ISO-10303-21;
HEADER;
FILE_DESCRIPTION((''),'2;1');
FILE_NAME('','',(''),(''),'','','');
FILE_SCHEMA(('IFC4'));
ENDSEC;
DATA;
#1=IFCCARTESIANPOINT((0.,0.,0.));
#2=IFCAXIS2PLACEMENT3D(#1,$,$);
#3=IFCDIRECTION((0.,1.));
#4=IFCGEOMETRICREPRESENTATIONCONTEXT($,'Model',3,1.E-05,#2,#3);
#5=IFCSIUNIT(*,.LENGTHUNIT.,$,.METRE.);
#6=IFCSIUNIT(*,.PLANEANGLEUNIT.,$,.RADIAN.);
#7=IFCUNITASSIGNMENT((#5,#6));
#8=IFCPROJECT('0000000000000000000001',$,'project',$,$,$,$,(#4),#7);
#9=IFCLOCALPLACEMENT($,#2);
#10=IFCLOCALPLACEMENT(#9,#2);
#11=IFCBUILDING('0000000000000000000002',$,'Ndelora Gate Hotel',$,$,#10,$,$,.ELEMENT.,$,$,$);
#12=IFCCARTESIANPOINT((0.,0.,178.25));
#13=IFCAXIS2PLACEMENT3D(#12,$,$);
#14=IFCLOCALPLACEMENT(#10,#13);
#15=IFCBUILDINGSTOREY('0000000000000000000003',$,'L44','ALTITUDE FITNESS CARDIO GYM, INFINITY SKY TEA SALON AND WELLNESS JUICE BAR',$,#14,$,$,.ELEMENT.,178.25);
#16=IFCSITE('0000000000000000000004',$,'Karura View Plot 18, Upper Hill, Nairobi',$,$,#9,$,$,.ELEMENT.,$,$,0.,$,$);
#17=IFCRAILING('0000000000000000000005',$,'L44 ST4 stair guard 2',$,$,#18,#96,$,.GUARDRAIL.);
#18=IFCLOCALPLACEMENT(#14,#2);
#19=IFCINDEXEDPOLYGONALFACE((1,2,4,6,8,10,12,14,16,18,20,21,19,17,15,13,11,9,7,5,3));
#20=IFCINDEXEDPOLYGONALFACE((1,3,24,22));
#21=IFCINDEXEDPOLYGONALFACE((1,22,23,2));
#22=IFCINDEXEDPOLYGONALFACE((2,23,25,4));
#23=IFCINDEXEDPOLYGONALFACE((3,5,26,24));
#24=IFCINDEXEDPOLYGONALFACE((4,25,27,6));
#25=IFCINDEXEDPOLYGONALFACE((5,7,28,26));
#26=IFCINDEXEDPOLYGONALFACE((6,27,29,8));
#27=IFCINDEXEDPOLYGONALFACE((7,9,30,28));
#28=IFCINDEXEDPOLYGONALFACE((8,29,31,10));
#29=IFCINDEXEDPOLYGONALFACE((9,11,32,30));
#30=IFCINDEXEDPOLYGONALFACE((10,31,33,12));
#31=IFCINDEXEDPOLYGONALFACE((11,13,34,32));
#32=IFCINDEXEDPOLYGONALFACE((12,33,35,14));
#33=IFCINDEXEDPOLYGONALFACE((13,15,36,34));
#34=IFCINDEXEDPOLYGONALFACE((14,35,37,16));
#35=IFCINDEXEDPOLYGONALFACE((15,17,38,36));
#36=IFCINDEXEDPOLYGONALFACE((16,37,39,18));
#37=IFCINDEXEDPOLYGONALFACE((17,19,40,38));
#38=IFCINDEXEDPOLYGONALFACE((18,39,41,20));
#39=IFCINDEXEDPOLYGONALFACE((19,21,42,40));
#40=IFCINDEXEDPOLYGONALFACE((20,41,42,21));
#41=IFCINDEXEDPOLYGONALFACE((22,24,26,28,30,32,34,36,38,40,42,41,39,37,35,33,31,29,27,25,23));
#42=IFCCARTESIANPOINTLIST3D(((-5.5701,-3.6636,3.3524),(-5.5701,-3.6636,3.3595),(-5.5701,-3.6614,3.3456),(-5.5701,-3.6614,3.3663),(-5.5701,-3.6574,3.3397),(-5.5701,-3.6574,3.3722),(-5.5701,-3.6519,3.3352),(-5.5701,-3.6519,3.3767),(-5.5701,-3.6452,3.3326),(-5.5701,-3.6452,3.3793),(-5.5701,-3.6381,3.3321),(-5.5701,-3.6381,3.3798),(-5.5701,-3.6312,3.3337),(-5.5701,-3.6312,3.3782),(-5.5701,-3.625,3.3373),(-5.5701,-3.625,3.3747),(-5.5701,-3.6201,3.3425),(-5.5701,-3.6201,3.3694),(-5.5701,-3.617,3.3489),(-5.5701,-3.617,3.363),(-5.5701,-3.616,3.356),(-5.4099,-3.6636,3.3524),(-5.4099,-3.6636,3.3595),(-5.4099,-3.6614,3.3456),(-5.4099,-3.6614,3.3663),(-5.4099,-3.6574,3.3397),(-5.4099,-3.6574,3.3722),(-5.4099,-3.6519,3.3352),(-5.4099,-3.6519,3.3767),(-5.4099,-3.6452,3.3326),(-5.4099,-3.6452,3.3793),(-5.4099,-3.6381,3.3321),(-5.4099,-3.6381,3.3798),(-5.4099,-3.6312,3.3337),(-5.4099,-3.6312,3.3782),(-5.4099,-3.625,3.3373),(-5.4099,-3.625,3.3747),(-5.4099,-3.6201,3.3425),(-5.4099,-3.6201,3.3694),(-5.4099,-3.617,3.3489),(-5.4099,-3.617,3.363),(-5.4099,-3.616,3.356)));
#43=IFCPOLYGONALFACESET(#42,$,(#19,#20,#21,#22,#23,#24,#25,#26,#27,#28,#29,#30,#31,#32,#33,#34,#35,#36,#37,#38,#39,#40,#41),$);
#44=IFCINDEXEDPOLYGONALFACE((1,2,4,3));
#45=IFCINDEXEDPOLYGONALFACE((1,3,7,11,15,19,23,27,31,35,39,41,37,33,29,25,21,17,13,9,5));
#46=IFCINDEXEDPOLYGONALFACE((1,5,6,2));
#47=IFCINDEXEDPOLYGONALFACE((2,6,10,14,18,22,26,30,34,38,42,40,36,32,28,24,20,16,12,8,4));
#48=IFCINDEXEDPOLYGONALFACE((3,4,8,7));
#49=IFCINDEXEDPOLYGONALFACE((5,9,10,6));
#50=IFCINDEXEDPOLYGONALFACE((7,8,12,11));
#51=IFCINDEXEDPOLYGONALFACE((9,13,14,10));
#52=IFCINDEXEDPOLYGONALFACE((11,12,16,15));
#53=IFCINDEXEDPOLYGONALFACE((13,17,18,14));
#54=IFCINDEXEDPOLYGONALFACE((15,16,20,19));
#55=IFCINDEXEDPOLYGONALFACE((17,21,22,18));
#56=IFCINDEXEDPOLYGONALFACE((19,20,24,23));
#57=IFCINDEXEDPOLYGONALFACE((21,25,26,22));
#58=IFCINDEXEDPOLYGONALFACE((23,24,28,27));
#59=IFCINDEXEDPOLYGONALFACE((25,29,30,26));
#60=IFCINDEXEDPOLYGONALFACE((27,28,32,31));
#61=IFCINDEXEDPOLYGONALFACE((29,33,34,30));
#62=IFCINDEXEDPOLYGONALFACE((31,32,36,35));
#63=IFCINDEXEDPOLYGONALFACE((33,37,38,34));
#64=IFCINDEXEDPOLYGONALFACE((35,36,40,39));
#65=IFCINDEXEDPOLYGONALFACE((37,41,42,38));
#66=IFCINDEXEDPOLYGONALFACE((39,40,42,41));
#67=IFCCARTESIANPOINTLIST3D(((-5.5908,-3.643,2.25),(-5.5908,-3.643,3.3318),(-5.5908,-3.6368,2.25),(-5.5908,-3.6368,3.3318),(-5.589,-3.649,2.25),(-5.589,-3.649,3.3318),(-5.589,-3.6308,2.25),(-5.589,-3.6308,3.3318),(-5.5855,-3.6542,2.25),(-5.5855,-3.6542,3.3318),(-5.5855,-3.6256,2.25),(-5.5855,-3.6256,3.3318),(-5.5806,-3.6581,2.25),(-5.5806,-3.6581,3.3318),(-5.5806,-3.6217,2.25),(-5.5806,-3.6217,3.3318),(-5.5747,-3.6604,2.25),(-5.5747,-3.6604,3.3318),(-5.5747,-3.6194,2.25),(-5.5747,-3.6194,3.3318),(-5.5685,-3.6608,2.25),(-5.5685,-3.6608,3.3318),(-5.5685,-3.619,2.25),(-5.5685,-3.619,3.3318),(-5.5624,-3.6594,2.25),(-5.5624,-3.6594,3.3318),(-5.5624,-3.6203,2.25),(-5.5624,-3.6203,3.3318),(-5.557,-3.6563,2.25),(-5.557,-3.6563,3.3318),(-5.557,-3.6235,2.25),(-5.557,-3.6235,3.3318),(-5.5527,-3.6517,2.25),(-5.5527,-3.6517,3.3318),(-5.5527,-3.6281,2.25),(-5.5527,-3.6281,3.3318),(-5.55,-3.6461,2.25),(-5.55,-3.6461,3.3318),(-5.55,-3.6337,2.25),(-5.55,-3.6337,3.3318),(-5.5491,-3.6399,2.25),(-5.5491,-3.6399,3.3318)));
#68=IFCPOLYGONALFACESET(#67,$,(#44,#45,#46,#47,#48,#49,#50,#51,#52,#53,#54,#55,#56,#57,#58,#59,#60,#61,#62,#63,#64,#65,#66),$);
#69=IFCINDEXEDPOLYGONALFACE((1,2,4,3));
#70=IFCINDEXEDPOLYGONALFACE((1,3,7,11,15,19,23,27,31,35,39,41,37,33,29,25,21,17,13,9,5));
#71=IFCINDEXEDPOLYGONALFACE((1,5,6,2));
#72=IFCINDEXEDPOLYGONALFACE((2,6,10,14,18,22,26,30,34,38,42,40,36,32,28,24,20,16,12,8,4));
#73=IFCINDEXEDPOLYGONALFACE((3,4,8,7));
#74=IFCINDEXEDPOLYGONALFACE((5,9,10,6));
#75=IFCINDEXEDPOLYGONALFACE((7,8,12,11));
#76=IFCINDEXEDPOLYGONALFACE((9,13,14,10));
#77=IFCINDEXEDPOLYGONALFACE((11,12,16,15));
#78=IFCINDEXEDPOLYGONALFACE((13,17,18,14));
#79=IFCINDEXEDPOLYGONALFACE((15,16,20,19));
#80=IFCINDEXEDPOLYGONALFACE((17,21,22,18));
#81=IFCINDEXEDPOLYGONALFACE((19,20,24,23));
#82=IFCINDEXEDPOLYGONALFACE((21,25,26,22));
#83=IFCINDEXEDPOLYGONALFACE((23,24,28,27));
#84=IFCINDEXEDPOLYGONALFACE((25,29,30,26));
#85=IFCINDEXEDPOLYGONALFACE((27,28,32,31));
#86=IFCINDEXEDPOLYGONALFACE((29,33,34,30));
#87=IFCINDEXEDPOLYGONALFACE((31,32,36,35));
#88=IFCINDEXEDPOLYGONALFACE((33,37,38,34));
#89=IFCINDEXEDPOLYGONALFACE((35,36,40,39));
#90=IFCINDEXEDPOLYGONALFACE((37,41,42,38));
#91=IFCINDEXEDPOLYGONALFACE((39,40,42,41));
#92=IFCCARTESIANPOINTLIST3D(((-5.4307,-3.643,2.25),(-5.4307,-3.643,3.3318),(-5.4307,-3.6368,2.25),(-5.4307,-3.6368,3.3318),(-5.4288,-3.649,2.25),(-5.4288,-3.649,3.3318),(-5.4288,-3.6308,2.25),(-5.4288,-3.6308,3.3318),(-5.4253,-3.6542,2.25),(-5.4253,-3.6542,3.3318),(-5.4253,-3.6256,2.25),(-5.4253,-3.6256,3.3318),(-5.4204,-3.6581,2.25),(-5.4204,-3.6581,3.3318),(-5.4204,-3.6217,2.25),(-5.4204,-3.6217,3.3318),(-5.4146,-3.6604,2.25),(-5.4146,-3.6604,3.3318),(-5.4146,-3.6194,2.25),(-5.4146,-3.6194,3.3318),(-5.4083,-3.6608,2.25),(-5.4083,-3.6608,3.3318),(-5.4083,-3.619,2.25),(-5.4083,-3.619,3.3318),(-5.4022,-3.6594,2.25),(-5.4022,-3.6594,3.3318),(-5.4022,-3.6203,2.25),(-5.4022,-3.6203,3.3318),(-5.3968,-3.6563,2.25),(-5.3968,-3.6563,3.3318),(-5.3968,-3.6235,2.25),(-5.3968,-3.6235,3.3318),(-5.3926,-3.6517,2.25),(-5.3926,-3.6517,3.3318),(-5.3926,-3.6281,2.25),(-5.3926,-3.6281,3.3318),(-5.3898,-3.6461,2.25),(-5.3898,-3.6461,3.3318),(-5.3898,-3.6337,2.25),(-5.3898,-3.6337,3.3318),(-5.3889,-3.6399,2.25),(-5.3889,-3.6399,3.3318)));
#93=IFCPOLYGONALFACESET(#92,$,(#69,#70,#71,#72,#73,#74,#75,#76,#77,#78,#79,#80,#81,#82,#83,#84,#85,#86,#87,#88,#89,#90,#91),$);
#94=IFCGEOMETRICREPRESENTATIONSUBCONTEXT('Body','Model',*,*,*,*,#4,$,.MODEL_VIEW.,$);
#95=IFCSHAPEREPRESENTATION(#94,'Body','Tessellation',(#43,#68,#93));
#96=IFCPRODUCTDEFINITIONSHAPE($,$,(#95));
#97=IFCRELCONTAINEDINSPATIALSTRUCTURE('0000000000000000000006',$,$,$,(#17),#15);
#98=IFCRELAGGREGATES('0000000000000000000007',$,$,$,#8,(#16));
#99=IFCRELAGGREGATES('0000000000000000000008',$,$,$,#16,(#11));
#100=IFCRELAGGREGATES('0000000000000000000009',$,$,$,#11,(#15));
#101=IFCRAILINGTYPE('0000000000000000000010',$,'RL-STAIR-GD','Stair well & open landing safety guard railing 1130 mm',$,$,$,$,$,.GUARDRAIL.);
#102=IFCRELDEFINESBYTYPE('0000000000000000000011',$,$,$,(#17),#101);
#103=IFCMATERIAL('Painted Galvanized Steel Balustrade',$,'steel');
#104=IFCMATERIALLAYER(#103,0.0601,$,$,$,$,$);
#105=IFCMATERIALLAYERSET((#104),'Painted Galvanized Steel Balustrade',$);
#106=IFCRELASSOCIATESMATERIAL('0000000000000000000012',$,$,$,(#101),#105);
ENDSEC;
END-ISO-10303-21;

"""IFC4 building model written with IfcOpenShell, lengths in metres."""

from ifc_helpers import new_model, si_unit, direction, frame, origin, origin_2d, place, context, subcontext, project, spatial, circle, extrude, material, layer, layer_set, type_object, element, save


model = new_model("IFC4")

# Units and contexts
model_context = context("Model", 3, precision=1e-05, world=origin(), true_north=direction((0.0, 1.0)))
body_context = subcontext(model_context, "Body", "Model", "MODEL_VIEW")
ifc_project = project(units=[si_unit("LENGTHUNIT", "METRE"), si_unit("PLANEANGLEUNIT", "RADIAN")], contexts=[model_context])

# Site, building, storey
site_placement = place(None, origin())
site = spatial("IfcSite", under=ifc_project, at=site_placement, Name="Karura View Plot 18, Upper Hill, Nairobi", CompositionType="ELEMENT", RefElevation=0.0)
building_placement = place(site_placement, origin())
building = spatial("IfcBuilding", under=site, at=building_placement, Name="Ndelora Gate Hotel", CompositionType="ELEMENT")
storey_placement = place(building_placement, frame((0.0, 0.0, 178.25)))
storey = spatial("IfcBuildingStorey", under=building, at=storey_placement, Name="L44", Description="ALTITUDE FITNESS CARDIO GYM, INFINITY SKY TEA SALON AND WELLNESS JUICE BAR", CompositionType="ELEMENT", Elevation=178.25)

# Railing
ifc_material_1 = material(Name="Painted Galvanized Steel Balustrade", Category="steel")
ifc_layer_1 = layer(ifc_material_1, 0.0601)
ifc_layer_set_1 = layer_set([ifc_layer_1], Name="Painted Galvanized Steel Balustrade")
railing_type_1 = type_object("IfcRailingType", Name="RL-STAIR-GD", Description="Stair well & open landing safety guard railing 1130 mm", PredefinedType="GUARDRAIL", material=ifc_layer_set_1)
railing_1_placement = place(storey_placement, frame((-5.5701, -3.6399, 2.25)))
element("IfcRailing", 1, at=railing_1_placement, inside=storey, type_object=railing_type_1, Name="L44 ST4 stair guard 2", PredefinedType="GUARDRAIL", context=body_context, shape_type="SweptSolid", body=[
    extrude(circle(Radius=0.0239, at=origin_2d()), frame((0.0, 0.0, 1.106), z_axis=(1.0, 0.0, 0.0), x_axis=(0.0, 1.0, 0.0)), (0.0, 0.0, 1.0), 0.1602),
    extrude(circle(Radius=0.021, at=origin_2d()), origin(), (0.0, 0.0, 1.0), 1.0818),
    extrude(circle(Radius=0.021, at=origin_2d()), frame((0.1602, 0.0, 0.0)), (0.0, 0.0, 1.0), 1.0818),
])

save(model, "model.ifc")
